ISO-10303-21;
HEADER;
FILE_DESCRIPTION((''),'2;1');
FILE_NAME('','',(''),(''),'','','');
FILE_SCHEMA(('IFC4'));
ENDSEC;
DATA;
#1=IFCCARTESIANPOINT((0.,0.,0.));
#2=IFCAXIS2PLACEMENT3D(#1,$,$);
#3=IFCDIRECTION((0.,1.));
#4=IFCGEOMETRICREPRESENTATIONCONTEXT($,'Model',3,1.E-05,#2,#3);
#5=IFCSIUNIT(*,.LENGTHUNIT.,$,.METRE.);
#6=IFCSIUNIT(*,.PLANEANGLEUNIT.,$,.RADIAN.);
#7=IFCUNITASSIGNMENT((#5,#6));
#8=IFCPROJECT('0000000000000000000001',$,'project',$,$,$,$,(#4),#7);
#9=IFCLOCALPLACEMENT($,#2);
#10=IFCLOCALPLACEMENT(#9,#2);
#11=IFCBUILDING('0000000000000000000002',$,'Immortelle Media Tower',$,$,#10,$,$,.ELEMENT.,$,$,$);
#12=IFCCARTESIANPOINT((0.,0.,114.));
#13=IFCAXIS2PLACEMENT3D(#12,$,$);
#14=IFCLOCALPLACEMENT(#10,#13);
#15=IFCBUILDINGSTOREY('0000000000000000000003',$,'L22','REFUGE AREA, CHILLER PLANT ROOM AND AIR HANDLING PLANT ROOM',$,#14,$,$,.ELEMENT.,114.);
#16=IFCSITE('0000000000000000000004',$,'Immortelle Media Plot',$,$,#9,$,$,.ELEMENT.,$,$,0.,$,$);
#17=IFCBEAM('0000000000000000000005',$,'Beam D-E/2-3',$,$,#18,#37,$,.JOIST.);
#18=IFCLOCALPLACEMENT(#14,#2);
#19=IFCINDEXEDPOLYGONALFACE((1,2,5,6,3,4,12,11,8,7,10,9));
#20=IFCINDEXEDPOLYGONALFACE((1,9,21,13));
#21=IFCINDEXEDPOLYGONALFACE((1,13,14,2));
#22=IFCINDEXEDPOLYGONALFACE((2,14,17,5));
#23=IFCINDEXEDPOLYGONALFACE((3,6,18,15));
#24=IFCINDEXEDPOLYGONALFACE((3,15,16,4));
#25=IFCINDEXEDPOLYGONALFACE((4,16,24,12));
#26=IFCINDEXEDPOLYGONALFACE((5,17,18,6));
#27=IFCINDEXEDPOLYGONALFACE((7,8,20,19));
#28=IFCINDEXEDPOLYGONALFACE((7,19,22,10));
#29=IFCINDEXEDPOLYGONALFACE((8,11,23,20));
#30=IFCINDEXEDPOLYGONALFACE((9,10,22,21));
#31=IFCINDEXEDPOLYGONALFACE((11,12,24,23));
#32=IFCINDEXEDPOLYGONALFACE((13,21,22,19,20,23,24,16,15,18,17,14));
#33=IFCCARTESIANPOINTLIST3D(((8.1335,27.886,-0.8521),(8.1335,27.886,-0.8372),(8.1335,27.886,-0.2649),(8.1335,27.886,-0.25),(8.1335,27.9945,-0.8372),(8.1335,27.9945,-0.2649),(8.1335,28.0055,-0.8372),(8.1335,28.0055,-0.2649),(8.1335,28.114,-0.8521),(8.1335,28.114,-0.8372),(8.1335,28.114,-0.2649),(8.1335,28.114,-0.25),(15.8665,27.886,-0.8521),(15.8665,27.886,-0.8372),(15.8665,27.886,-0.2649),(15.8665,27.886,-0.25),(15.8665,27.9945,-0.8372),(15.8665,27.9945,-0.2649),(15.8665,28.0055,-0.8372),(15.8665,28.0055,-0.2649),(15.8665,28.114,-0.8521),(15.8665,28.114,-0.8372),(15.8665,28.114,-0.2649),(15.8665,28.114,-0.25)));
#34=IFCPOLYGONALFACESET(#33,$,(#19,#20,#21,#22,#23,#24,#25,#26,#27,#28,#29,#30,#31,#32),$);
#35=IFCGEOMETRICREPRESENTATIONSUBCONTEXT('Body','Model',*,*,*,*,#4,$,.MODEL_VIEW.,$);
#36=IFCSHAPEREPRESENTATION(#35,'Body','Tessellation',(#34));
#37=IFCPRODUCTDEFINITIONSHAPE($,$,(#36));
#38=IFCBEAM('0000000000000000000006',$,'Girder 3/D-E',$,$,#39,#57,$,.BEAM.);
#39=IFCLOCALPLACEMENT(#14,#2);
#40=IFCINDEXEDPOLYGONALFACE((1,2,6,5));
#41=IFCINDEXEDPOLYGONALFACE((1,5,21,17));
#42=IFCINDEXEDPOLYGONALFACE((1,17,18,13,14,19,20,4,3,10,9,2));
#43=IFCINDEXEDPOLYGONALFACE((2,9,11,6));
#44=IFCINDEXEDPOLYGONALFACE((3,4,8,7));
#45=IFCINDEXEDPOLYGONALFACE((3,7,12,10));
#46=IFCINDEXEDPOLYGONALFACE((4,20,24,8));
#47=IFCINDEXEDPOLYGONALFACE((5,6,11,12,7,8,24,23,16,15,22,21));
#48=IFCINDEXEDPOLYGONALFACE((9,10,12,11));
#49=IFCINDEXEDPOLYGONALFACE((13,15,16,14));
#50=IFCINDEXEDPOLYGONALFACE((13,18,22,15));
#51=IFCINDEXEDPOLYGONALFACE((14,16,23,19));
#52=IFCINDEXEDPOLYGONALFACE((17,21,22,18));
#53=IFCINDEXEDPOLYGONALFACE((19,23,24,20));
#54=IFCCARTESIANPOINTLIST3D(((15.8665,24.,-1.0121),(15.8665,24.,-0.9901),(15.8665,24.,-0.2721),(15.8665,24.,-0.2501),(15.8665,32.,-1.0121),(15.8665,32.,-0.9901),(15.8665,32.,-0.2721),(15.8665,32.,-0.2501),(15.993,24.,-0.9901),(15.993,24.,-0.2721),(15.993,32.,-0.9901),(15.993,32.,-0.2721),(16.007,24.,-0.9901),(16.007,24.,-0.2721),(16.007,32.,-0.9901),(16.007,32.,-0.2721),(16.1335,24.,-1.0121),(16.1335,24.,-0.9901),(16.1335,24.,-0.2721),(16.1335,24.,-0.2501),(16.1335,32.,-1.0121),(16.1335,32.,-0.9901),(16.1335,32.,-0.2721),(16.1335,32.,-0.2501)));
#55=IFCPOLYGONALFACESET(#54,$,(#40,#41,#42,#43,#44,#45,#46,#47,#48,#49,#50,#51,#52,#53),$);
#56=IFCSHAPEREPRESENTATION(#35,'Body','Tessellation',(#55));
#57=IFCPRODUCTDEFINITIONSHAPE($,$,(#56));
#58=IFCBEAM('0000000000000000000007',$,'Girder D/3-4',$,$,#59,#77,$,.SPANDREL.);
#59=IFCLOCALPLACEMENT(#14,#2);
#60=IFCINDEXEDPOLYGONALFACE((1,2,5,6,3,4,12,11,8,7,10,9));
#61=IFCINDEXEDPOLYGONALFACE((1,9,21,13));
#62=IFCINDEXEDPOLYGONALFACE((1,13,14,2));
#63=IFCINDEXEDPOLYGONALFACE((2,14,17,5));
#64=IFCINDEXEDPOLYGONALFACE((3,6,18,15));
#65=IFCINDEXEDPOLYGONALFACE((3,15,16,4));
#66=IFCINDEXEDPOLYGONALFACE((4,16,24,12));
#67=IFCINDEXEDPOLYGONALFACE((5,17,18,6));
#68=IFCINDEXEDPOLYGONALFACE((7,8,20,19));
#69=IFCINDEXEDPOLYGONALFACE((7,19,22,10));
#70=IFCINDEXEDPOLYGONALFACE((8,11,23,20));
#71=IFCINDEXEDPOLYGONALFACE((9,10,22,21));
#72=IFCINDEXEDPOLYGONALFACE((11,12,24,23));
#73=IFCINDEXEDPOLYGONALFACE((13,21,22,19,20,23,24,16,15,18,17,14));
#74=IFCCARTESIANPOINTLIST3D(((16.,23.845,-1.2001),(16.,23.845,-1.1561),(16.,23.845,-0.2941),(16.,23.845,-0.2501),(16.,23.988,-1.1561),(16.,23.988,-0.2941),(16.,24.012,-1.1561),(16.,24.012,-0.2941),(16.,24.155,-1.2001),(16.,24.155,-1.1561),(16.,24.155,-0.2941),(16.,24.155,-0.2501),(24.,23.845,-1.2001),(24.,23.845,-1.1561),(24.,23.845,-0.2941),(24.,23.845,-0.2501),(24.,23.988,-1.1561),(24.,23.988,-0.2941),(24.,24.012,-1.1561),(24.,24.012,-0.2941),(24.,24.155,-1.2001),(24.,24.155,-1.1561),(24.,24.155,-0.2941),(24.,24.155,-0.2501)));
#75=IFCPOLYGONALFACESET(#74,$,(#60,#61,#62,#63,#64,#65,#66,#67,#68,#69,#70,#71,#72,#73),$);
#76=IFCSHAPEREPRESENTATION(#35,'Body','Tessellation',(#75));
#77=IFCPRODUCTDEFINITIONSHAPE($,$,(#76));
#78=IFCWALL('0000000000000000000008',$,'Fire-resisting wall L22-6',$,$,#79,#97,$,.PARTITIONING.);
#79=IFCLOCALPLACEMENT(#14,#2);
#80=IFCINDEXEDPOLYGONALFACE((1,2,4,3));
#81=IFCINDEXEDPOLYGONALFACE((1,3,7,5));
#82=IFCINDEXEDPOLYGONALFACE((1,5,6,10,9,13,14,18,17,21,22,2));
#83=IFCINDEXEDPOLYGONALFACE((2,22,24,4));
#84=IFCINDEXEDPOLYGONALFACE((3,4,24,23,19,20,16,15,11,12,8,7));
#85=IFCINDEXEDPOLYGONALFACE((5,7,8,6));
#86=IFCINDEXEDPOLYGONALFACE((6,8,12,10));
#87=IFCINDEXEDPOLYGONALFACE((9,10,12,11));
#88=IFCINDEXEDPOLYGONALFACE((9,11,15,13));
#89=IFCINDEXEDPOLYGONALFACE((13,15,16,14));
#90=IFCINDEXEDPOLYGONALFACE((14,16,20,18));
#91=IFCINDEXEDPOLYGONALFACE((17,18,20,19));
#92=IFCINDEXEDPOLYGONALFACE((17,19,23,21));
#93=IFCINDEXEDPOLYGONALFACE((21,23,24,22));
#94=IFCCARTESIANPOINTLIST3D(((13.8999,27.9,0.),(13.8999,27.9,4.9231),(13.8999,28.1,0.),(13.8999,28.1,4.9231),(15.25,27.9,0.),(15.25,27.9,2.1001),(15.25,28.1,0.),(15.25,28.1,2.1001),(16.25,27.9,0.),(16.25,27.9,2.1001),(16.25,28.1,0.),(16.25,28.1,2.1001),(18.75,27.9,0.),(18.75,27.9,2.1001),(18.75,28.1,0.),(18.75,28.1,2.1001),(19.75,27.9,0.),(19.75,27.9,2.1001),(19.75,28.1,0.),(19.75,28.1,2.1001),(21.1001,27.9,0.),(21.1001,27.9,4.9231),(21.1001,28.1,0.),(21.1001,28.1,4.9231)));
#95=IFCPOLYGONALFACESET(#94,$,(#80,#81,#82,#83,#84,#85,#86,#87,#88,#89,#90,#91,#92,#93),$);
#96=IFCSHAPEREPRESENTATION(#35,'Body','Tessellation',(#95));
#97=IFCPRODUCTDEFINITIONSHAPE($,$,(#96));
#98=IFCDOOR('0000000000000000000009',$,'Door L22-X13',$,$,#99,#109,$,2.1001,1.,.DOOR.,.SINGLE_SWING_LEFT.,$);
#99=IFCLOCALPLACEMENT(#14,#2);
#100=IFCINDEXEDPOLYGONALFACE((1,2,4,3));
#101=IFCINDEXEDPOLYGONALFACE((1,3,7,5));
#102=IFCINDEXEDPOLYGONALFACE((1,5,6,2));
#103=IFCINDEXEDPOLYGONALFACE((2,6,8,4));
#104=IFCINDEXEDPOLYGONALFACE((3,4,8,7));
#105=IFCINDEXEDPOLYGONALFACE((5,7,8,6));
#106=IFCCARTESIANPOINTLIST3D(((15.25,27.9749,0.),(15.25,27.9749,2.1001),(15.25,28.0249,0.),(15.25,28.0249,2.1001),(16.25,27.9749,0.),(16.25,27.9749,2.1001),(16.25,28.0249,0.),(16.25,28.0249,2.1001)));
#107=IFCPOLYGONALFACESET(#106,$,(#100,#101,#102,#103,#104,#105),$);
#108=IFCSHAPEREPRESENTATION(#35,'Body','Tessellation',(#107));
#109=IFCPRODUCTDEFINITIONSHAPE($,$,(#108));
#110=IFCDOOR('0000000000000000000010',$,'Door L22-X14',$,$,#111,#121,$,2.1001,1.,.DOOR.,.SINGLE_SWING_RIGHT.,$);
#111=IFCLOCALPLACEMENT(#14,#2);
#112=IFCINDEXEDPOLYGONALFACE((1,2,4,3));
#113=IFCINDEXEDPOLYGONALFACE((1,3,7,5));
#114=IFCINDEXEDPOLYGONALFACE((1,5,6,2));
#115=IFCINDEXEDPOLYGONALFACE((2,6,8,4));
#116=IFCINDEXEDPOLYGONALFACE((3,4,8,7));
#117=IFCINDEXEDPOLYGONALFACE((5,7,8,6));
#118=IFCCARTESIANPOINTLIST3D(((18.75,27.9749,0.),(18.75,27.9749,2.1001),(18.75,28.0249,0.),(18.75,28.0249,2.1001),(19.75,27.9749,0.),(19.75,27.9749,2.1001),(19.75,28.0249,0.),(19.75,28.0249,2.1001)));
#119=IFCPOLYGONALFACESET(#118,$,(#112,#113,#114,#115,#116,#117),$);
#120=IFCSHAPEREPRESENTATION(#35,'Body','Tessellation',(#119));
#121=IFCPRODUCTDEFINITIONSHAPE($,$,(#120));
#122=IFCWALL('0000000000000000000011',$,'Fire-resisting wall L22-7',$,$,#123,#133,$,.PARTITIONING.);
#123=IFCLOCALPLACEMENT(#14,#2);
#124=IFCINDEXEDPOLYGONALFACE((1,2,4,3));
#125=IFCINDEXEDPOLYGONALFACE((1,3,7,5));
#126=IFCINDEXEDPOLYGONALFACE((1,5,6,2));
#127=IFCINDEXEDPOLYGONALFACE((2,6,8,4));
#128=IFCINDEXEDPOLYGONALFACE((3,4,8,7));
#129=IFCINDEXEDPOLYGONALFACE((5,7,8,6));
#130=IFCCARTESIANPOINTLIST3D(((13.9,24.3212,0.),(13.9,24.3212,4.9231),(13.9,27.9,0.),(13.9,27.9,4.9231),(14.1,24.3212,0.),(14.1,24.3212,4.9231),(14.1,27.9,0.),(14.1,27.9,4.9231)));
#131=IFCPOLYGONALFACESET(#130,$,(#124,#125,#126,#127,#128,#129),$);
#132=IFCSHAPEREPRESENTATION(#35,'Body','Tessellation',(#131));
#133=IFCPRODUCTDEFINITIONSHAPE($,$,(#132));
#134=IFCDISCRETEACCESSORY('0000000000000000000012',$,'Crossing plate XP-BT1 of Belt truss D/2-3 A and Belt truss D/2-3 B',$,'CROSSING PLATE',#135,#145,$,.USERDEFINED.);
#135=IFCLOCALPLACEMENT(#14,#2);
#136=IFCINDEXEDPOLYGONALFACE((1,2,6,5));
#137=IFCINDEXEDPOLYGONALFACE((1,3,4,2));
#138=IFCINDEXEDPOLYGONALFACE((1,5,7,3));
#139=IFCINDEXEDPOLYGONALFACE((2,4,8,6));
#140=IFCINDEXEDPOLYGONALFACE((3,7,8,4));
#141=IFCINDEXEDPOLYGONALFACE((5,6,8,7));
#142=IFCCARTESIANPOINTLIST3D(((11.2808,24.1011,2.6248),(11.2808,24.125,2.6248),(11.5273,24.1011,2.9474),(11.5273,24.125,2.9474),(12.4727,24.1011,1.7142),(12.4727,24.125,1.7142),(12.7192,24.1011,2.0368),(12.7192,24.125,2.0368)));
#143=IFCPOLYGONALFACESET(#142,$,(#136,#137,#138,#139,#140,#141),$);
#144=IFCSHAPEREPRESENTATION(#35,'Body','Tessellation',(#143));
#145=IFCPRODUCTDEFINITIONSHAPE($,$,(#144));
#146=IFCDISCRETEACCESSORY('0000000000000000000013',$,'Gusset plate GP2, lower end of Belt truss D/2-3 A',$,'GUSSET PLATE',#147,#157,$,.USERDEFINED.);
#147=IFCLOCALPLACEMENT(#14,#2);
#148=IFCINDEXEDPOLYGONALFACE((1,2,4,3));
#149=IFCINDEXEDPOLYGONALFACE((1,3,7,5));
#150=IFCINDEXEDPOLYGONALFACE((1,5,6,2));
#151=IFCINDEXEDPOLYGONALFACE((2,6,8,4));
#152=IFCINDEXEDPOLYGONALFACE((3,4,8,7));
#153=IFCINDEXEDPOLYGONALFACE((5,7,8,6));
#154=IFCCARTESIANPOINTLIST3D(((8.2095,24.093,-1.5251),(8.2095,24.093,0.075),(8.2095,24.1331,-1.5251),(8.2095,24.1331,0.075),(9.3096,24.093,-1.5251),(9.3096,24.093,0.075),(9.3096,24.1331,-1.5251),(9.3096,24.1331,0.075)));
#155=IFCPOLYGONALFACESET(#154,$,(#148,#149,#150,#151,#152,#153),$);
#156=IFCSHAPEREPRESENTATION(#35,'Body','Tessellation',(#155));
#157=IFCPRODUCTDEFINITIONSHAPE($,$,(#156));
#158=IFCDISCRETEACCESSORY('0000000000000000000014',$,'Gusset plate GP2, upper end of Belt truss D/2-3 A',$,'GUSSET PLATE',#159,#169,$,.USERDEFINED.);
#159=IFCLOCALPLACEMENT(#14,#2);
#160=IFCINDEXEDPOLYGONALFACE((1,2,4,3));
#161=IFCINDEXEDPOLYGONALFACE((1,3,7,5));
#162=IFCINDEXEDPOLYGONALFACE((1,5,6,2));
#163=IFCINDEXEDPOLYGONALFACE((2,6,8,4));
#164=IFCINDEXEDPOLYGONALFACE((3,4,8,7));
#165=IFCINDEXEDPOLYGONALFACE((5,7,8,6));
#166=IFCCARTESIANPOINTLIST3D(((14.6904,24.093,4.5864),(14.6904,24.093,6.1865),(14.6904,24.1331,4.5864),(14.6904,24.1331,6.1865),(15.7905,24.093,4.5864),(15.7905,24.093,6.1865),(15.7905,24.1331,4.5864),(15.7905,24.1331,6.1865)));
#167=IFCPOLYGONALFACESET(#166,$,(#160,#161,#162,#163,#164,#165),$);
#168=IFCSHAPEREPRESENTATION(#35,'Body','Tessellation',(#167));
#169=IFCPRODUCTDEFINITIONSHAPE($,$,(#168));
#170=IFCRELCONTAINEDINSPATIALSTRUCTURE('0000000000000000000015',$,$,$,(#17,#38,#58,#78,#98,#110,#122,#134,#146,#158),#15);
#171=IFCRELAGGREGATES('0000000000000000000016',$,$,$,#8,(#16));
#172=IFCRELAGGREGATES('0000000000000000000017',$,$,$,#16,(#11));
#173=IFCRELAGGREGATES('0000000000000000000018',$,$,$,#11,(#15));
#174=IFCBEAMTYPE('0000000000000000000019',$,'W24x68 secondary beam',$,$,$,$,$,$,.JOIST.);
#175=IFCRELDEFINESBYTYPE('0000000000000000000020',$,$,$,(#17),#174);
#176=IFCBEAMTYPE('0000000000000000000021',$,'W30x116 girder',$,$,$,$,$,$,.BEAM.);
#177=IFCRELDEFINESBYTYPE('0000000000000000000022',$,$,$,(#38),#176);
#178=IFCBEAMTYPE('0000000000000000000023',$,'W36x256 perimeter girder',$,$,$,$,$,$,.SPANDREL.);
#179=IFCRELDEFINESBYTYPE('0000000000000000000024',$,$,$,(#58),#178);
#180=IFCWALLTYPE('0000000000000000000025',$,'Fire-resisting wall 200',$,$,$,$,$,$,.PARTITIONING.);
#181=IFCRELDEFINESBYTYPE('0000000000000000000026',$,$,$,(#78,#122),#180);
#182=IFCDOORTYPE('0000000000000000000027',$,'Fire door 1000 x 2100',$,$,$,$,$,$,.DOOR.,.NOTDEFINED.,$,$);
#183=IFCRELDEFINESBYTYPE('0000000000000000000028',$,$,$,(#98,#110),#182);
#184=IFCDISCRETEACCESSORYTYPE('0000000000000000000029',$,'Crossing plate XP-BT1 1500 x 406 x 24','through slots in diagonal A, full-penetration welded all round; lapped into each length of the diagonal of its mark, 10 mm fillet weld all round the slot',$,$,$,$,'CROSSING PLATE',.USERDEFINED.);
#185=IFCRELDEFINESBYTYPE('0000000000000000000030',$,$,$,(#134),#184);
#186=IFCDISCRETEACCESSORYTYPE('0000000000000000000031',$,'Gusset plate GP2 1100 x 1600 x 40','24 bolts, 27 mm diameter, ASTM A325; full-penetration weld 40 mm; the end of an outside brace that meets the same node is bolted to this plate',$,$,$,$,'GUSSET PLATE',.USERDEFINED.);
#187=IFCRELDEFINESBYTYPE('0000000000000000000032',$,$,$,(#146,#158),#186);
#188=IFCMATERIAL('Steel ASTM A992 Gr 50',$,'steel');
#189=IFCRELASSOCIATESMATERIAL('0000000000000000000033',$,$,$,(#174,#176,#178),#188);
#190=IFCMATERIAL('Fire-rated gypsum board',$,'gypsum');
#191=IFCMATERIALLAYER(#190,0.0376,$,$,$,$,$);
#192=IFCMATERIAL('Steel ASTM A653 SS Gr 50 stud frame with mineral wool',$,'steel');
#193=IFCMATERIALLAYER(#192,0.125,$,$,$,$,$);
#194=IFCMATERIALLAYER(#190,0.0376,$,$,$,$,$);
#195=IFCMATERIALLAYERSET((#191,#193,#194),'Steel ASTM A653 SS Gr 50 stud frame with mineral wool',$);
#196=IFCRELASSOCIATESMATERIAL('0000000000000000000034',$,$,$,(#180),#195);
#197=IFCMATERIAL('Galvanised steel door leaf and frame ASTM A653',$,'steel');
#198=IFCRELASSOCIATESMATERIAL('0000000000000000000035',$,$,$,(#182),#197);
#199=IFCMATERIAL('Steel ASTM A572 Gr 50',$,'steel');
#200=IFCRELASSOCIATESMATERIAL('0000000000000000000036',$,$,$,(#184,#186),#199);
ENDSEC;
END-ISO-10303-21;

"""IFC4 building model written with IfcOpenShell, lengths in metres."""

from ifc_helpers import new_model, si_unit, direction, frame, frame_2d, origin, origin_2d, place, context, subcontext, project, spatial, rectangle, i_section, extrude, material, layer, layer_set, material_profile, profile_set, type_object, element, fill, save


model = new_model("IFC4")

# Units and contexts
model_context = context("Model", 3, precision=1e-05, world=origin(), true_north=direction((0.0, 1.0)))
body_context = subcontext(model_context, "Body", "Model", "MODEL_VIEW")
ifc_project = project(units=[si_unit("LENGTHUNIT", "METRE"), si_unit("PLANEANGLEUNIT", "RADIAN")], contexts=[model_context])

# Site, building, storey
site_placement = place(None, origin())
site = spatial("IfcSite", under=ifc_project, at=site_placement, Name="Immortelle Media Plot", CompositionType="ELEMENT", RefElevation=0.0)
building_placement = place(site_placement, origin())
building = spatial("IfcBuilding", under=site, at=building_placement, Name="Immortelle Media Tower", CompositionType="ELEMENT")
storey_placement = place(building_placement, frame((0.0, 0.0, 114.0)))
storey = spatial("IfcBuildingStorey", under=building, at=storey_placement, Name="L22", Description="REFUGE AREA, CHILLER PLANT ROOM AND AIR HANDLING PLANT ROOM", CompositionType="ELEMENT", Elevation=114.0)

# Shared definitions
ifc_material_1 = material(Name="Steel ASTM A992 Gr 50", Category="steel")

# Beams
ifc_material_profile_1 = material_profile(ifc_material_1, i_section(OverallWidth=0.228, OverallDepth=0.6021, WebThickness=0.011, FlangeThickness=0.0149, at=origin_2d()), Name="W24x68")
ifc_profile_set_1 = profile_set([ifc_material_profile_1], Name="Steel ASTM A992 Gr 50")
beam_type_1 = type_object("IfcBeamType", Name="W24x68 secondary beam", PredefinedType="JOIST", material=ifc_profile_set_1)
beam_1_placement = place(storey_placement, frame((8.1335, 28.0, -0.551), z_axis=(1.0, 0.0, 0.0), x_axis=(0.0, 1.0, 0.0)))
element("IfcBeam", 1, at=beam_1_placement, inside=storey, type_object=beam_type_1, Name="Beam D-E/2-3", PredefinedType="JOIST", context=body_context, shape_type="SweptSolid", body=[
    extrude(i_section(OverallWidth=0.228, OverallDepth=0.6021, WebThickness=0.011, FlangeThickness=0.0149, at=origin_2d()), origin(), (0.0, 0.0, 1.0), 7.7329),
])
ifc_material_profile_2 = material_profile(ifc_material_1, i_section(OverallWidth=0.2671, OverallDepth=0.762, WebThickness=0.0139, FlangeThickness=0.022, at=origin_2d()), Name="W30x116")
ifc_profile_set_2 = profile_set([ifc_material_profile_2], Name="Steel ASTM A992 Gr 50")
beam_type_2 = type_object("IfcBeamType", Name="W30x116 girder", PredefinedType="BEAM", material=ifc_profile_set_2)
beam_2_placement = place(storey_placement, frame((16.0, 24.0, -0.6311), z_axis=(0.0, 1.0, 0.0), x_axis=(-1.0, 0.0, 0.0)))
element("IfcBeam", 2, at=beam_2_placement, inside=storey, type_object=beam_type_2, Name="Girder 3/D-E", PredefinedType="BEAM", context=body_context, shape_type="SweptSolid", body=[
    extrude(i_section(OverallWidth=0.2671, OverallDepth=0.762, WebThickness=0.0139, FlangeThickness=0.022, at=origin_2d()), origin(), (0.0, 0.0, 1.0), 8.0),
])
ifc_material_profile_3 = material_profile(ifc_material_1, i_section(OverallWidth=0.3101, OverallDepth=0.95, WebThickness=0.0239, FlangeThickness=0.0439, at=origin_2d()), Name="W36x256")
ifc_profile_set_3 = profile_set([ifc_material_profile_3], Name="Steel ASTM A992 Gr 50")
beam_type_3 = type_object("IfcBeamType", Name="W36x256 perimeter girder", PredefinedType="SPANDREL", material=ifc_profile_set_3)
beam_3_placement = place(storey_placement, frame((16.0, 24.0, -0.7251), z_axis=(1.0, 0.0, 0.0), x_axis=(0.0, 1.0, 0.0)))
element("IfcBeam", 3, at=beam_3_placement, inside=storey, type_object=beam_type_3, Name="Girder D/3-4", PredefinedType="SPANDREL", context=body_context, shape_type="SweptSolid", body=[
    extrude(i_section(OverallWidth=0.3101, OverallDepth=0.95, WebThickness=0.0239, FlangeThickness=0.0439, at=origin_2d()), origin(), (0.0, 0.0, 1.0), 8.0),
])

# Wall, openings, doors
ifc_material_2 = material(Name="Fire-rated gypsum board", Category="gypsum")
ifc_layer_1 = layer(ifc_material_2, 0.0376)
ifc_material_3 = material(Name="Steel ASTM A653 SS Gr 50 stud frame with mineral wool", Category="steel")
ifc_layer_2 = layer(ifc_material_3, 0.125)
ifc_layer_3 = layer(ifc_material_2, 0.0376)
ifc_layer_set = layer_set([ifc_layer_1, ifc_layer_2, ifc_layer_3], Name="Steel ASTM A653 SS Gr 50 stud frame with mineral wool")
wall_type = type_object("IfcWallType", Name="Fire-resisting wall 200", PredefinedType="PARTITIONING", material=ifc_layer_set)
wall_1_placement = place(storey_placement, frame((13.8999, 28.0, 0.0), z_axis=(0.0, 0.0, 1.0), x_axis=(1.0, 0.0, 0.0)))
wall_1 = element("IfcWall", 4, at=wall_1_placement, inside=storey, type_object=wall_type, Name="Fire-resisting wall L22-6", PredefinedType="PARTITIONING", context=body_context, shape_type="SweptSolid", body=[
    extrude(rectangle(XDim=7.2002, YDim=0.2, at=frame_2d((3.6001, 0.0))), origin(), (0.0, 0.0, 1.0), 4.9231),
])
opening_1_placement = place(wall_1_placement, frame((1.3501, 0.0, 0.0)))
opening_1 = element("IfcOpeningElement", 5, at=opening_1_placement, cuts=wall_1, PredefinedType="OPENING", context=body_context, shape_type="SweptSolid", body=[
    extrude(rectangle(XDim=1.0, YDim=2.1001, at=frame_2d((0.5, 1.05))), frame((0.0, 0.1099, 0.0), z_axis=(0.0, -1.0, 0.0), x_axis=(1.0, 0.0, 0.0)), (0.0, 0.0, 1.0), 0.22),
])
opening_2_placement = place(wall_1_placement, frame((4.8501, 0.0, 0.0)))
opening_2 = element("IfcOpeningElement", 6, at=opening_2_placement, cuts=wall_1, PredefinedType="OPENING", context=body_context, shape_type="SweptSolid", body=[
    extrude(rectangle(XDim=1.0, YDim=2.1001, at=frame_2d((0.5, 1.05))), frame((0.0, 0.1099, 0.0), z_axis=(0.0, -1.0, 0.0), x_axis=(1.0, 0.0, 0.0)), (0.0, 0.0, 1.0), 0.22),
])
ifc_material_4 = material(Name="Galvanised steel door leaf and frame ASTM A653", Category="steel")
door_type = type_object("IfcDoorType", Name="Fire door 1000 x 2100", OperationType="NOTDEFINED", PredefinedType="DOOR", material=ifc_material_4)
door_1_placement = place(opening_1_placement, origin())
door_1 = element("IfcDoor", 7, at=door_1_placement, inside=storey, type_object=door_type, Name="Door L22-X13", OperationType="SINGLE_SWING_LEFT", OverallHeight=2.1001, OverallWidth=1.0, PredefinedType="DOOR", context=body_context, shape_type="SweptSolid", body=[
    extrude(rectangle(XDim=1.0, YDim=2.1001, at=frame_2d((0.5, 1.05))), frame((0.0, 0.0249, 0.0), z_axis=(0.0, -1.0, 0.0), x_axis=(1.0, 0.0, 0.0)), (0.0, 0.0, 1.0), 0.05),
])
fill(opening_1, door_1)
door_2_placement = place(opening_2_placement, origin())
door_2 = element("IfcDoor", 8, at=door_2_placement, inside=storey, type_object=door_type, Name="Door L22-X14", OperationType="SINGLE_SWING_RIGHT", OverallHeight=2.1001, OverallWidth=1.0, PredefinedType="DOOR", context=body_context, shape_type="SweptSolid", body=[
    extrude(rectangle(XDim=1.0, YDim=2.1001, at=frame_2d((0.5, 1.05))), frame((0.0, 0.0249, 0.0), z_axis=(0.0, -1.0, 0.0), x_axis=(1.0, 0.0, 0.0)), (0.0, 0.0, 1.0), 0.05),
])
fill(opening_2, door_2)

# Wall
wall_2_placement = place(storey_placement, frame((14.0, 24.321, 0.0), z_axis=(0.0, 0.0, 1.0), x_axis=(0.0, 1.0, 0.0)))
element("IfcWall", 9, at=wall_2_placement, inside=storey, type_object=wall_type, Name="Fire-resisting wall L22-7", PredefinedType="PARTITIONING", context=body_context, shape_type="SweptSolid", body=[
    extrude(rectangle(XDim=3.5789, YDim=0.2, at=frame_2d((1.7896, 0.0))), origin(), (0.0, 0.0, 1.0), 4.9231),
])

# Discrete accessories
ifc_material_5 = material(Name="Steel ASTM A572 Gr 50", Category="steel")
ifc_material_profile_4 = material_profile(ifc_material_5, rectangle(XDim=0.0239, YDim=0.406, at=origin_2d()), Name="PL 24 x 406")
ifc_profile_set_4 = profile_set([ifc_material_profile_4], Name="Steel ASTM A572 Gr 50")
discrete_accessory_type_1 = type_object("IfcDiscreteAccessoryType", Name="Crossing plate XP-BT1 1500 x 406 x 24", Description="through slots in diagonal A, full-penetration welded all round; lapped into each length of the diagonal of its mark, 10 mm fillet weld all round the slot", ElementType="CROSSING PLATE", PredefinedType="USERDEFINED", material=ifc_profile_set_4)
discrete_accessory_placement = place(storey_placement, frame((11.4041, 24.113, 2.7861), z_axis=(0.794616, 0.0, -0.607112), x_axis=(0.0, 1.0, 0.0)))
element("IfcDiscreteAccessory", 10, at=discrete_accessory_placement, inside=storey, type_object=discrete_accessory_type_1, Name="Crossing plate XP-BT1 of Belt truss D/2-3 A and Belt truss D/2-3 B", ObjectType="CROSSING PLATE", PredefinedType="USERDEFINED", context=body_context, shape_type="SweptSolid", body=[
    extrude(rectangle(XDim=0.0239, YDim=0.406, at=origin_2d()), origin(), (0.0, 0.0, 1.0), 1.5),
])
ifc_material_profile_5 = material_profile(ifc_material_5, rectangle(XDim=0.04, YDim=1.6001, at=origin_2d()), Name="PL 40 x 1600")
ifc_profile_set_5 = profile_set([ifc_material_profile_5], Name="Steel ASTM A572 Gr 50")
discrete_accessory_type_2 = type_object("IfcDiscreteAccessoryType", Name="Gusset plate GP2 1100 x 1600 x 40", Description="24 bolts, 27 mm diameter, ASTM A325; full-penetration weld 40 mm; the end of an outside brace that meets the same node is bolted to this plate", ElementType="GUSSET PLATE", PredefinedType="USERDEFINED", material=ifc_profile_set_5)
for number, where, z_axis, x_axis, name in (
    (11, (8.2095, 24.113, -0.7251), (1.0, 0.0, 0.0), (0.0, 1.0, 0.0), "Gusset plate GP2, lower end of Belt truss D/2-3 A"),
    (12, (15.7905, 24.113, 5.3865), (-1.0, 0.0, 0.0), (0.0, -1.0, 0.0), "Gusset plate GP2, upper end of Belt truss D/2-3 A"),
):
    element("IfcDiscreteAccessory", number, at=place(storey_placement, frame(where, z_axis=z_axis, x_axis=x_axis)), inside=storey, type_object=discrete_accessory_type_2, Name=name, ObjectType="GUSSET PLATE", PredefinedType="USERDEFINED", context=body_context, shape_type="SweptSolid", body=[
        extrude(rectangle(XDim=0.04, YDim=1.6001, at=origin_2d()), origin(), (0.0, 0.0, 1.0), 1.1001),
    ])

save(model, "model.ifc")
